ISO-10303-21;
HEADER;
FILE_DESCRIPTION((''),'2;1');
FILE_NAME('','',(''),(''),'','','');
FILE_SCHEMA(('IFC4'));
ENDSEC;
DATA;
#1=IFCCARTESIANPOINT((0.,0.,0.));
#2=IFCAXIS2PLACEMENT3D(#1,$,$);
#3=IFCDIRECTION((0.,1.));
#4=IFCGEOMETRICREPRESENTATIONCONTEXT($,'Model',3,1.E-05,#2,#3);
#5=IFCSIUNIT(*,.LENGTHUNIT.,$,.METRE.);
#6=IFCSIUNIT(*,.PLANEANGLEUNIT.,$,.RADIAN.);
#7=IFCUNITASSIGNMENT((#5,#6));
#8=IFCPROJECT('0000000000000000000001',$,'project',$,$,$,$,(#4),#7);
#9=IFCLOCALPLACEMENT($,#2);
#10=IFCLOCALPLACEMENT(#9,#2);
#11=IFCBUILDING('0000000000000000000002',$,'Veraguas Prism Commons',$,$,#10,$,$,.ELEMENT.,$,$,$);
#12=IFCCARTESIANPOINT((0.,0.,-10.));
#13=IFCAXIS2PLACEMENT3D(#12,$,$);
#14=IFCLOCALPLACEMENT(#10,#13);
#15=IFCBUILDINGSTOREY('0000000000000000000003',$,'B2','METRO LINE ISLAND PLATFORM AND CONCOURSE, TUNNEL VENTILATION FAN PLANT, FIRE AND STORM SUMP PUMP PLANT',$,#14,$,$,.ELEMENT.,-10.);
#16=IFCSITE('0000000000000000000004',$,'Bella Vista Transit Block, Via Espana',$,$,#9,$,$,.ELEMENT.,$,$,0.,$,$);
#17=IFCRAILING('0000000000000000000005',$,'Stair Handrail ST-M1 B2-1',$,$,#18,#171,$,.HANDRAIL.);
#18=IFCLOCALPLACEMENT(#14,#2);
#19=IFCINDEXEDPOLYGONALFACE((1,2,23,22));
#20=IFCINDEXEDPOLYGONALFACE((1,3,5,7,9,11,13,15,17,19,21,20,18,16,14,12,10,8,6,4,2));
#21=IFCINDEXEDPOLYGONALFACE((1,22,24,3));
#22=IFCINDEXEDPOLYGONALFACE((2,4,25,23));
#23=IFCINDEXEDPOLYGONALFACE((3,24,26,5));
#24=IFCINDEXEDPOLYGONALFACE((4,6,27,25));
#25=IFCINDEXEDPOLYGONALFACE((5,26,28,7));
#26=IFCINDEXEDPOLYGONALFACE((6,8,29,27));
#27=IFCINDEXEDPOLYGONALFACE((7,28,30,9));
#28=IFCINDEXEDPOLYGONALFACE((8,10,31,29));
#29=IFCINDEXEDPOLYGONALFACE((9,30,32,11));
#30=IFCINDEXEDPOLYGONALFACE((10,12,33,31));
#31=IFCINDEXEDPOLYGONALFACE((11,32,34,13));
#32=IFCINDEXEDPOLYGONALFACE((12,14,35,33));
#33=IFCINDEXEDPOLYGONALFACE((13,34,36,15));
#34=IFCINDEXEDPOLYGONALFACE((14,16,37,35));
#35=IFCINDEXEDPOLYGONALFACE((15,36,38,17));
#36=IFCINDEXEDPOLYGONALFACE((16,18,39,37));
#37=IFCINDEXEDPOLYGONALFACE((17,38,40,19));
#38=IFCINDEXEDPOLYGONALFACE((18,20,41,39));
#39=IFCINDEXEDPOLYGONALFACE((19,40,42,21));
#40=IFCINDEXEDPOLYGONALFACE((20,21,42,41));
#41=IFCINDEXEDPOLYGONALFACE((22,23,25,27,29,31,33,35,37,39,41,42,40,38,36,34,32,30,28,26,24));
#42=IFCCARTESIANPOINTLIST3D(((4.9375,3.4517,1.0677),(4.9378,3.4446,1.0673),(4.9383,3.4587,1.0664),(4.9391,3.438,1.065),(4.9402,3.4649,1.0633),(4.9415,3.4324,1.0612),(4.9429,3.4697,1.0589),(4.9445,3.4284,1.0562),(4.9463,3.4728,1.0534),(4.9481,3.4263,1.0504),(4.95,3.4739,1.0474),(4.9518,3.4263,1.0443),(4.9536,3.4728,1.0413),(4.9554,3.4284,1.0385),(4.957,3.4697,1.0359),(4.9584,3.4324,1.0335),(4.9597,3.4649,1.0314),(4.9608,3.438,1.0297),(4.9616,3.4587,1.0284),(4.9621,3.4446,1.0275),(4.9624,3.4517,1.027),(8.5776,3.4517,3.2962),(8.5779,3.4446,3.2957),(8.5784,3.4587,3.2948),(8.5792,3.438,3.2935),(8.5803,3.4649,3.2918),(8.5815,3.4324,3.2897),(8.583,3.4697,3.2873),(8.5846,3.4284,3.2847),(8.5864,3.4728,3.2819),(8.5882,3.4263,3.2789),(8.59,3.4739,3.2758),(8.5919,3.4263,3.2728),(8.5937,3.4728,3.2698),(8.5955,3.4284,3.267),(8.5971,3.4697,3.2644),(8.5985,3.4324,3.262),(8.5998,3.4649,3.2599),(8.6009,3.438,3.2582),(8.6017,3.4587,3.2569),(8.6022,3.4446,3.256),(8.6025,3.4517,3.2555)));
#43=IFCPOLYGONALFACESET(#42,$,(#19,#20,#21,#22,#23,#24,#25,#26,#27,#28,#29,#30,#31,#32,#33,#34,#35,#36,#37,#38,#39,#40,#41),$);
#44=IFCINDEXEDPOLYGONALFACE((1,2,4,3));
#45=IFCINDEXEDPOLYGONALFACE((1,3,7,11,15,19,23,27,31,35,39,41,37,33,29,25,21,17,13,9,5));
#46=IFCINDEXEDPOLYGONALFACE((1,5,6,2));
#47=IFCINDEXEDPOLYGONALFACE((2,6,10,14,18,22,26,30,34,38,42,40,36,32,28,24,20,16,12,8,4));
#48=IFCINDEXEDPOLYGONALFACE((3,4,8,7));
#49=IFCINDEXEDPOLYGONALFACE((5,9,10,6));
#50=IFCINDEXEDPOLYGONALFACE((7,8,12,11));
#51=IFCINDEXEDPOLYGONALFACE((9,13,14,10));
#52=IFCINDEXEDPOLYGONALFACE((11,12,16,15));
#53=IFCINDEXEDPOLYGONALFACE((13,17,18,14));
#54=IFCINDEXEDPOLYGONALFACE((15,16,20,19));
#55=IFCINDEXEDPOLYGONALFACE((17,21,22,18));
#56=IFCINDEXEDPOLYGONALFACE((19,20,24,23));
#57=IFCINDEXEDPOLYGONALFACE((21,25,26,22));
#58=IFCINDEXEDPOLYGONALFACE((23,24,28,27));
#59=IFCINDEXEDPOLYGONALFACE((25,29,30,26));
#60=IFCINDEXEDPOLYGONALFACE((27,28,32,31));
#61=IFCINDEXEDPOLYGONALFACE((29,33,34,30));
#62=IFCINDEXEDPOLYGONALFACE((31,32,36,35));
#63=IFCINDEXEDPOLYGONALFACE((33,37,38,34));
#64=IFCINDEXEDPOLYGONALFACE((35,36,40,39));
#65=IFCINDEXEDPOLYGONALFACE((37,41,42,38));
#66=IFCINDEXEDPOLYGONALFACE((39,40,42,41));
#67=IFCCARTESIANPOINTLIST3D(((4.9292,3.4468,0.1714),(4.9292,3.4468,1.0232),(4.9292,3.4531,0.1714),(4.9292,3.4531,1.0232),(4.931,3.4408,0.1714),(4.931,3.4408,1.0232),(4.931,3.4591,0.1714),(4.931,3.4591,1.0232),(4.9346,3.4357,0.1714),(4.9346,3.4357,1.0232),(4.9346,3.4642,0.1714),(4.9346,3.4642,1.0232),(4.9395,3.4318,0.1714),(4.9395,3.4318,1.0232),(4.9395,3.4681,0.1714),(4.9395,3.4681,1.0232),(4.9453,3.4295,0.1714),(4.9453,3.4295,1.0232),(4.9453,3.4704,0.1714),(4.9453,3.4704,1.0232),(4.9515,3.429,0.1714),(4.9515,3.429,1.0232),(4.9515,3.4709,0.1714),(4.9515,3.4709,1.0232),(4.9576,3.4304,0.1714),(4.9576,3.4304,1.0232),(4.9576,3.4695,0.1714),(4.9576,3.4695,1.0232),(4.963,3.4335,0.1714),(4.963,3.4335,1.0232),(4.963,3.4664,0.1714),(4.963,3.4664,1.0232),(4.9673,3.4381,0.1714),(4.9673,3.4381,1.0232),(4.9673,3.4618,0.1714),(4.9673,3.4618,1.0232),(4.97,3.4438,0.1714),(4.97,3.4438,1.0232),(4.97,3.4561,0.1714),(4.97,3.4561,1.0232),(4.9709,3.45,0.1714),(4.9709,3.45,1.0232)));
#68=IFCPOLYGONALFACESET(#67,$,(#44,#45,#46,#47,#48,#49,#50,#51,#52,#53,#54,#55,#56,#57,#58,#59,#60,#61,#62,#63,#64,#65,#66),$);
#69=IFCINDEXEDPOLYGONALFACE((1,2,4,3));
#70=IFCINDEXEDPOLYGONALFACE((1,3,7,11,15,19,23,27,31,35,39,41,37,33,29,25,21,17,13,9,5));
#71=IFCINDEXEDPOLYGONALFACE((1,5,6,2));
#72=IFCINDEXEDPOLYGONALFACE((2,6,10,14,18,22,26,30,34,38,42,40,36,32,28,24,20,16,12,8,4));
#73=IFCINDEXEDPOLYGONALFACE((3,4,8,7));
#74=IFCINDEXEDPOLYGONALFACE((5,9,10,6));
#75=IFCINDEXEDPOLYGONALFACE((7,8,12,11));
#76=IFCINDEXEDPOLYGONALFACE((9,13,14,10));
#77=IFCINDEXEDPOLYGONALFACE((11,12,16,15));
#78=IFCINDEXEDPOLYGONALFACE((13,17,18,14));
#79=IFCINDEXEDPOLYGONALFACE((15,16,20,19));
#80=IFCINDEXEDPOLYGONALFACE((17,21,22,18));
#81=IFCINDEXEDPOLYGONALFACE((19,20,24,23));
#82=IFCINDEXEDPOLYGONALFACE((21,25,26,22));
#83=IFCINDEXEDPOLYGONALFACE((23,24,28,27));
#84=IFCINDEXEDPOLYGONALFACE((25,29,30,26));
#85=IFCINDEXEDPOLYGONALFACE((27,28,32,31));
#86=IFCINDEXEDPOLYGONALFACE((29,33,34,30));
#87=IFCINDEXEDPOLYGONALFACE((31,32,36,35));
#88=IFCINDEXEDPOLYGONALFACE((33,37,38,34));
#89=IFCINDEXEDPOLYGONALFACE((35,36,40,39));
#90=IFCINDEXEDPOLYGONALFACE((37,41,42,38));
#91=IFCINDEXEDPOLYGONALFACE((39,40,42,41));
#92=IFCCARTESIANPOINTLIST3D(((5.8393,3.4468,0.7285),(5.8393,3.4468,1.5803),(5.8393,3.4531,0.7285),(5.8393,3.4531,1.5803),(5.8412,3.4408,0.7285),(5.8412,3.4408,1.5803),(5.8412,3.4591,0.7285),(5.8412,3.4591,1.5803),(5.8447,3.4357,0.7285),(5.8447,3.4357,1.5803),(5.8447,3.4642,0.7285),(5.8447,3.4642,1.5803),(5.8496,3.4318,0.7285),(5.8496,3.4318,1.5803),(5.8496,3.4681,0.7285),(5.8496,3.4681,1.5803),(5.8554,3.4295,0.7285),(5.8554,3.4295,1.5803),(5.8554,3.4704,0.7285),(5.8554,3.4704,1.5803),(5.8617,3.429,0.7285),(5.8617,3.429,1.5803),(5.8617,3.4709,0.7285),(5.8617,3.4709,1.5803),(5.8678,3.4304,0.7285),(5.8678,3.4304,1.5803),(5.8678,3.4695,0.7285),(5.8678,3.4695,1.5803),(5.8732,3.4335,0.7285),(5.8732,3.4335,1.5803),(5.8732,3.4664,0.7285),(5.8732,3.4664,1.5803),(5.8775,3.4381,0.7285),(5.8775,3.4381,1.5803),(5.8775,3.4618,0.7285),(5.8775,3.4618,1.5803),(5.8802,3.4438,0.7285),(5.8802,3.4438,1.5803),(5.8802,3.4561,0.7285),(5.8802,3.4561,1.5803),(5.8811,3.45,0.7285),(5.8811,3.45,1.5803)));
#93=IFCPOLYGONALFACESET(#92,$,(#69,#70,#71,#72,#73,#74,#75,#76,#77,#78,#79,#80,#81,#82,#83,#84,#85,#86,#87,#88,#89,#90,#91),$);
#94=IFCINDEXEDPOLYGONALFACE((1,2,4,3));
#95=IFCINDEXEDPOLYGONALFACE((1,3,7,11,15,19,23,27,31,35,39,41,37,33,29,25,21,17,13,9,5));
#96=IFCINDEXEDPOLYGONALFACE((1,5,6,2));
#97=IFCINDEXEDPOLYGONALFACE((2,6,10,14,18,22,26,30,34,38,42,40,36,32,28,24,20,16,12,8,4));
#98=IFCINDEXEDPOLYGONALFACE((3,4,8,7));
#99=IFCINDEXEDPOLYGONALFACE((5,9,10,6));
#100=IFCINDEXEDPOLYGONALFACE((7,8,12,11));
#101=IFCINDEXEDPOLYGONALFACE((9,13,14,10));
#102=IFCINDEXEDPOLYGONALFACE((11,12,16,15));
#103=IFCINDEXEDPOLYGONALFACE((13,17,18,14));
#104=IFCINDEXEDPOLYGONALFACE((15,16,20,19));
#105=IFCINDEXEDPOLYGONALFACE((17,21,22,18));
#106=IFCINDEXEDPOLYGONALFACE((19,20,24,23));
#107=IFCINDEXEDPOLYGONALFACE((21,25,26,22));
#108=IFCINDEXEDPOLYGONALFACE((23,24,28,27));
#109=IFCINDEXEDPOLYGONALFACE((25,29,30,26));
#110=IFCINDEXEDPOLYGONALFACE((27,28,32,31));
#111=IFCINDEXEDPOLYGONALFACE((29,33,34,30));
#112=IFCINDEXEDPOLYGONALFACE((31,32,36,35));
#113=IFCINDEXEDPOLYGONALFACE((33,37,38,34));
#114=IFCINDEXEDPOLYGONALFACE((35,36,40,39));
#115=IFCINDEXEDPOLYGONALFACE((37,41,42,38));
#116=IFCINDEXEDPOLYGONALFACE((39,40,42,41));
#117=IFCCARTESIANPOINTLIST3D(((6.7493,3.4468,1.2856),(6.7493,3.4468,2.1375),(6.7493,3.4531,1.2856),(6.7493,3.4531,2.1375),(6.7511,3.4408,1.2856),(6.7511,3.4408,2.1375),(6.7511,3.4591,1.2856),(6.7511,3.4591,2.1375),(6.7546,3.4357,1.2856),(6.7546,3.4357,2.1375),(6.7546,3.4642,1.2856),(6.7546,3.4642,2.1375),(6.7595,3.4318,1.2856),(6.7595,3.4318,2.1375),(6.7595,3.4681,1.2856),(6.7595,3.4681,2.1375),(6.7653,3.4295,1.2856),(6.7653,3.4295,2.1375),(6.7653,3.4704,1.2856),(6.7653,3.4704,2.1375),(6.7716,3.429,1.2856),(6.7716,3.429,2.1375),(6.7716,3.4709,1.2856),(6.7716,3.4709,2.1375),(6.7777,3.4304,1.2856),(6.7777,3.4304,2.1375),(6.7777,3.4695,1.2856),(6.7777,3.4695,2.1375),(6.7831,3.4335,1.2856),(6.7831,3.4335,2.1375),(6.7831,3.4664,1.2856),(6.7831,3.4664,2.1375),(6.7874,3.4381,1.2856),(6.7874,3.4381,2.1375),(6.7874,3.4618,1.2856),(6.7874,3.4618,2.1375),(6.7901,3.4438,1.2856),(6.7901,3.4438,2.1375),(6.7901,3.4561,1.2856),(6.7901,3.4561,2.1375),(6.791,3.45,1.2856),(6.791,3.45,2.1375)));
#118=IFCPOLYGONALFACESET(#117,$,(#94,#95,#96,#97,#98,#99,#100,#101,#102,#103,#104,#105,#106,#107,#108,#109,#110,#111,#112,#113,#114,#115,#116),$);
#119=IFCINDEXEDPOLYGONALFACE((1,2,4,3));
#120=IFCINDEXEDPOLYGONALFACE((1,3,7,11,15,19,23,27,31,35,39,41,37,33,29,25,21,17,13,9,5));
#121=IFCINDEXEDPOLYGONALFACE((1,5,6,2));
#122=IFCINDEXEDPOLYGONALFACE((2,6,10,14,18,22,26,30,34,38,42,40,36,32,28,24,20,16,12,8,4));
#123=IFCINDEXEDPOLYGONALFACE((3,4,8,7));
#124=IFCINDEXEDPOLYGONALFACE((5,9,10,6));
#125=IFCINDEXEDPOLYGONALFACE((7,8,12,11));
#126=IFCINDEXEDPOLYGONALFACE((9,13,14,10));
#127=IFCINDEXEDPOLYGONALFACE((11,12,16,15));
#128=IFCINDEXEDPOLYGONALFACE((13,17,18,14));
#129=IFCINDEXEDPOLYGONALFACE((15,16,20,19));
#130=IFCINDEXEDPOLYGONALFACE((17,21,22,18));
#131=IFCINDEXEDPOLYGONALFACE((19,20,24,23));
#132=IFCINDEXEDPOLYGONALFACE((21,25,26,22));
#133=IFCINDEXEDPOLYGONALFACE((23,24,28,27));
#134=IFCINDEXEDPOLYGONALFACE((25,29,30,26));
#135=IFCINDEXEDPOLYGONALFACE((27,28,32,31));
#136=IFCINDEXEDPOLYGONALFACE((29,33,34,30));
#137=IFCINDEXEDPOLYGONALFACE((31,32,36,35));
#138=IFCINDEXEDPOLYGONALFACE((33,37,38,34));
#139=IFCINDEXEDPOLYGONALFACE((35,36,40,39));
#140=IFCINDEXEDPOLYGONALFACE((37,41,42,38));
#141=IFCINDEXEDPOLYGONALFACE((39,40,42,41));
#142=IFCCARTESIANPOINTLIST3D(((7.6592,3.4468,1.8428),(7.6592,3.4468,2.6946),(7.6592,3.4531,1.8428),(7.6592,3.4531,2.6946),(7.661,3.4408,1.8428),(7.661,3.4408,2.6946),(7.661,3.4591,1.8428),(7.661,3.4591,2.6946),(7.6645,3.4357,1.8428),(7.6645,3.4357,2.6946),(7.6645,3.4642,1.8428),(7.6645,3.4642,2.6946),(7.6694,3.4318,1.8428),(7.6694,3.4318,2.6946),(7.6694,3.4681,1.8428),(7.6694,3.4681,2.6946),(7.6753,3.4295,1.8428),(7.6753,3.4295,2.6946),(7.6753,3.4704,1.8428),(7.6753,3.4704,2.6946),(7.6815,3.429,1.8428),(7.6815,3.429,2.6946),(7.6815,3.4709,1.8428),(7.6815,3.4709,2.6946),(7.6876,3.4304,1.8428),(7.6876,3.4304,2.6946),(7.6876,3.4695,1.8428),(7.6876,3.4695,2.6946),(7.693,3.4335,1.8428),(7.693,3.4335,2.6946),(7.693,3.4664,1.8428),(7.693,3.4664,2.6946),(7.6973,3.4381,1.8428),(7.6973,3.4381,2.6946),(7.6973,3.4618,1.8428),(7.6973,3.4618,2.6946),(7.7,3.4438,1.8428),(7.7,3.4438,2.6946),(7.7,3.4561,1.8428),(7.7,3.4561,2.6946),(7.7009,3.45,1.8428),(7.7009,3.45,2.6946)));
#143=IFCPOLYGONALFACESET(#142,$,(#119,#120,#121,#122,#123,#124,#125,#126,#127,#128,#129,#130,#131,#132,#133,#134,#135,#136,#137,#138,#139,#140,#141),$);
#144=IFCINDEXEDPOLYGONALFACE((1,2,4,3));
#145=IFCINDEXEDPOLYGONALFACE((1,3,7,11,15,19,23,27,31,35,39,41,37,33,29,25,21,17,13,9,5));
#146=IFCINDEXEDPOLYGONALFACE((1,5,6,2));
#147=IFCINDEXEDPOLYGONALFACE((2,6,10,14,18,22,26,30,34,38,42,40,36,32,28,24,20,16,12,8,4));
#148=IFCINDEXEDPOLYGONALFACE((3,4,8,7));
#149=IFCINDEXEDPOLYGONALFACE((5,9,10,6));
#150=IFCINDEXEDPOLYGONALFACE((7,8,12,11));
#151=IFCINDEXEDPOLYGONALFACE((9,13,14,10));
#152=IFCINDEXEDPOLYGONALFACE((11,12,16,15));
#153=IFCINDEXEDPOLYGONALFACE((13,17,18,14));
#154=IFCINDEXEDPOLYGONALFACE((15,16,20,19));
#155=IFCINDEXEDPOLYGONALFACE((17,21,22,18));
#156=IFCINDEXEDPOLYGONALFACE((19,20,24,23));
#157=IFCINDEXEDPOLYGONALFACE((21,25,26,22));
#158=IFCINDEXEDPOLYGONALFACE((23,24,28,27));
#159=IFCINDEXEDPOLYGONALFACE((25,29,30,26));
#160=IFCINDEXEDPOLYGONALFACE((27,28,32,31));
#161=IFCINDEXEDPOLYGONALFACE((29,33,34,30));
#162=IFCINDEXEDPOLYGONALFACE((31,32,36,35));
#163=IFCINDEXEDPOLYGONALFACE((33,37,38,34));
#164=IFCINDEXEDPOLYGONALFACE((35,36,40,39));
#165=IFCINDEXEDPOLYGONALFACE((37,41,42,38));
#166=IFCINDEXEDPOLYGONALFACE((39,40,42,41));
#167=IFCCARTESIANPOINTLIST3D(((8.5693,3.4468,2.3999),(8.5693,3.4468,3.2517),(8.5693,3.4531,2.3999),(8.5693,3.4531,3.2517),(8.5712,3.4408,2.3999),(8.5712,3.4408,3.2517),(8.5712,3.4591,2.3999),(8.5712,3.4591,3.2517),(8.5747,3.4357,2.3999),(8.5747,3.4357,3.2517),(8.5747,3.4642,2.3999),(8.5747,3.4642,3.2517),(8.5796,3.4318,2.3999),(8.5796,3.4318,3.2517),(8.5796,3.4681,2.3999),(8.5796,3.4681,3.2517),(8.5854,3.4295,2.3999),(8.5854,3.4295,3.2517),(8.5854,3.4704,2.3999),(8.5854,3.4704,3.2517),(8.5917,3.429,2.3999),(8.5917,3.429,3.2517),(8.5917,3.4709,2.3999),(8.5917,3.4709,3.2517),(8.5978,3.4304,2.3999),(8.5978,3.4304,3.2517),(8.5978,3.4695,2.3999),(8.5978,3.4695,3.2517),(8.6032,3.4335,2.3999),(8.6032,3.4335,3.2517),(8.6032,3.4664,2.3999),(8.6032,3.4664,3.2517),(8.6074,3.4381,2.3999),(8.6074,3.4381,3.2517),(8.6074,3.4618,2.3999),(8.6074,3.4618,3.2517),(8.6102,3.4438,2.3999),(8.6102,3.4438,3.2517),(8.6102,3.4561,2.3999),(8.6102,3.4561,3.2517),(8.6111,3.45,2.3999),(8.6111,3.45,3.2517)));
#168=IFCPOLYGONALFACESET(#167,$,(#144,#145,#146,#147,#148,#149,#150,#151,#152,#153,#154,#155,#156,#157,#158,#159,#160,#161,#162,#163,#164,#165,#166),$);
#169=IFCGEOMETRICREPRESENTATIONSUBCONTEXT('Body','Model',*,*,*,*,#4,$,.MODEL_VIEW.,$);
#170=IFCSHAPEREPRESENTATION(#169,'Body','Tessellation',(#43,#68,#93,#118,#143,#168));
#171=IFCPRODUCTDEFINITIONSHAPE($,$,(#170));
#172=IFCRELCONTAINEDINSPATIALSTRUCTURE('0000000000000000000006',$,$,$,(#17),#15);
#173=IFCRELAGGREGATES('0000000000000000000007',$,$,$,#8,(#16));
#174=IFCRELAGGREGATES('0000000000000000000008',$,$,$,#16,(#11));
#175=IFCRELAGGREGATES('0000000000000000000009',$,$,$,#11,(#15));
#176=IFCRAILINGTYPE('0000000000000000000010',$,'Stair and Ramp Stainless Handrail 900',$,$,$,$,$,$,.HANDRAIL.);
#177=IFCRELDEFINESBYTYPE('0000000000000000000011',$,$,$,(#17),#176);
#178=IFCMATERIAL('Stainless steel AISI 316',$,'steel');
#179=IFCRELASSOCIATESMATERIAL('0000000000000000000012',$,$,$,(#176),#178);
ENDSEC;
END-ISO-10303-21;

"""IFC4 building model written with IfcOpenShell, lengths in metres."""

from ifc_helpers import new_model, si_unit, direction, frame, origin, origin_2d, place, context, subcontext, project, spatial, circle, extrude, material, type_object, element, save


model = new_model("IFC4")

# Units and contexts
model_context = context("Model", 3, precision=1e-05, world=origin(), true_north=direction((0.0, 1.0)))
body_context = subcontext(model_context, "Body", "Model", "MODEL_VIEW")
ifc_project = project(units=[si_unit("LENGTHUNIT", "METRE"), si_unit("PLANEANGLEUNIT", "RADIAN")], contexts=[model_context])

# Site, building, storey
site_placement = place(None, origin())
site = spatial("IfcSite", under=ifc_project, at=site_placement, Name="Bella Vista Transit Block, Via Espana", CompositionType="ELEMENT", RefElevation=0.0)
building_placement = place(site_placement, origin())
building = spatial("IfcBuilding", under=site, at=building_placement, Name="Veraguas Prism Commons", CompositionType="ELEMENT")
storey_placement = place(building_placement, frame((0.0, 0.0, -10.0)))
storey = spatial("IfcBuildingStorey", under=building, at=storey_placement, Name="B2", Description="METRO LINE ISLAND PLATFORM AND CONCOURSE, TUNNEL VENTILATION FAN PLANT, FIRE AND STORM SUMP PUMP PLANT", CompositionType="ELEMENT", Elevation=-10.0)

# Railing
ifc_material_1 = material(Name="Stainless steel AISI 316", Category="steel")
railing_type = type_object("IfcRailingType", Name="Stair and Ramp Stainless Handrail 900", PredefinedType="HANDRAIL", material=ifc_material_1)
railing_placement = place(storey_placement, frame((4.95, 3.45, 0.1714)))
element("IfcRailing", 1, at=railing_placement, inside=storey, type_object=railing_type, Name="Stair Handrail ST-M1 B2-1", PredefinedType="HANDRAIL", context=body_context, shape_type="SweptSolid", body=[
    extrude(circle(Radius=0.0239, at=origin_2d()), frame((0.0, 0.0, 0.876), z_axis=(0.852866, 0.0, 0.52213), x_axis=(0.0, 1.0, 0.0)), (0.0, 0.0, 1.0), 4.2681),
    extrude(circle(Radius=0.021, at=origin_2d()), origin(), (0.0, 0.0, 1.0), 0.8518),
    extrude(circle(Radius=0.021, at=origin_2d()), frame((0.9102, 0.0, 0.5571)), (0.0, 0.0, 1.0), 0.8518),
    extrude(circle(Radius=0.021, at=origin_2d()), frame((1.8201, 0.0, 1.1143)), (0.0, 0.0, 1.0), 0.8518),
    extrude(circle(Radius=0.021, at=origin_2d()), frame((2.73, 0.0, 1.6714)), (0.0, 0.0, 1.0), 0.8518),
    extrude(circle(Radius=0.021, at=origin_2d()), frame((3.6401, 0.0, 2.2285)), (0.0, 0.0, 1.0), 0.8518),
])

save(model, "model.ifc")
